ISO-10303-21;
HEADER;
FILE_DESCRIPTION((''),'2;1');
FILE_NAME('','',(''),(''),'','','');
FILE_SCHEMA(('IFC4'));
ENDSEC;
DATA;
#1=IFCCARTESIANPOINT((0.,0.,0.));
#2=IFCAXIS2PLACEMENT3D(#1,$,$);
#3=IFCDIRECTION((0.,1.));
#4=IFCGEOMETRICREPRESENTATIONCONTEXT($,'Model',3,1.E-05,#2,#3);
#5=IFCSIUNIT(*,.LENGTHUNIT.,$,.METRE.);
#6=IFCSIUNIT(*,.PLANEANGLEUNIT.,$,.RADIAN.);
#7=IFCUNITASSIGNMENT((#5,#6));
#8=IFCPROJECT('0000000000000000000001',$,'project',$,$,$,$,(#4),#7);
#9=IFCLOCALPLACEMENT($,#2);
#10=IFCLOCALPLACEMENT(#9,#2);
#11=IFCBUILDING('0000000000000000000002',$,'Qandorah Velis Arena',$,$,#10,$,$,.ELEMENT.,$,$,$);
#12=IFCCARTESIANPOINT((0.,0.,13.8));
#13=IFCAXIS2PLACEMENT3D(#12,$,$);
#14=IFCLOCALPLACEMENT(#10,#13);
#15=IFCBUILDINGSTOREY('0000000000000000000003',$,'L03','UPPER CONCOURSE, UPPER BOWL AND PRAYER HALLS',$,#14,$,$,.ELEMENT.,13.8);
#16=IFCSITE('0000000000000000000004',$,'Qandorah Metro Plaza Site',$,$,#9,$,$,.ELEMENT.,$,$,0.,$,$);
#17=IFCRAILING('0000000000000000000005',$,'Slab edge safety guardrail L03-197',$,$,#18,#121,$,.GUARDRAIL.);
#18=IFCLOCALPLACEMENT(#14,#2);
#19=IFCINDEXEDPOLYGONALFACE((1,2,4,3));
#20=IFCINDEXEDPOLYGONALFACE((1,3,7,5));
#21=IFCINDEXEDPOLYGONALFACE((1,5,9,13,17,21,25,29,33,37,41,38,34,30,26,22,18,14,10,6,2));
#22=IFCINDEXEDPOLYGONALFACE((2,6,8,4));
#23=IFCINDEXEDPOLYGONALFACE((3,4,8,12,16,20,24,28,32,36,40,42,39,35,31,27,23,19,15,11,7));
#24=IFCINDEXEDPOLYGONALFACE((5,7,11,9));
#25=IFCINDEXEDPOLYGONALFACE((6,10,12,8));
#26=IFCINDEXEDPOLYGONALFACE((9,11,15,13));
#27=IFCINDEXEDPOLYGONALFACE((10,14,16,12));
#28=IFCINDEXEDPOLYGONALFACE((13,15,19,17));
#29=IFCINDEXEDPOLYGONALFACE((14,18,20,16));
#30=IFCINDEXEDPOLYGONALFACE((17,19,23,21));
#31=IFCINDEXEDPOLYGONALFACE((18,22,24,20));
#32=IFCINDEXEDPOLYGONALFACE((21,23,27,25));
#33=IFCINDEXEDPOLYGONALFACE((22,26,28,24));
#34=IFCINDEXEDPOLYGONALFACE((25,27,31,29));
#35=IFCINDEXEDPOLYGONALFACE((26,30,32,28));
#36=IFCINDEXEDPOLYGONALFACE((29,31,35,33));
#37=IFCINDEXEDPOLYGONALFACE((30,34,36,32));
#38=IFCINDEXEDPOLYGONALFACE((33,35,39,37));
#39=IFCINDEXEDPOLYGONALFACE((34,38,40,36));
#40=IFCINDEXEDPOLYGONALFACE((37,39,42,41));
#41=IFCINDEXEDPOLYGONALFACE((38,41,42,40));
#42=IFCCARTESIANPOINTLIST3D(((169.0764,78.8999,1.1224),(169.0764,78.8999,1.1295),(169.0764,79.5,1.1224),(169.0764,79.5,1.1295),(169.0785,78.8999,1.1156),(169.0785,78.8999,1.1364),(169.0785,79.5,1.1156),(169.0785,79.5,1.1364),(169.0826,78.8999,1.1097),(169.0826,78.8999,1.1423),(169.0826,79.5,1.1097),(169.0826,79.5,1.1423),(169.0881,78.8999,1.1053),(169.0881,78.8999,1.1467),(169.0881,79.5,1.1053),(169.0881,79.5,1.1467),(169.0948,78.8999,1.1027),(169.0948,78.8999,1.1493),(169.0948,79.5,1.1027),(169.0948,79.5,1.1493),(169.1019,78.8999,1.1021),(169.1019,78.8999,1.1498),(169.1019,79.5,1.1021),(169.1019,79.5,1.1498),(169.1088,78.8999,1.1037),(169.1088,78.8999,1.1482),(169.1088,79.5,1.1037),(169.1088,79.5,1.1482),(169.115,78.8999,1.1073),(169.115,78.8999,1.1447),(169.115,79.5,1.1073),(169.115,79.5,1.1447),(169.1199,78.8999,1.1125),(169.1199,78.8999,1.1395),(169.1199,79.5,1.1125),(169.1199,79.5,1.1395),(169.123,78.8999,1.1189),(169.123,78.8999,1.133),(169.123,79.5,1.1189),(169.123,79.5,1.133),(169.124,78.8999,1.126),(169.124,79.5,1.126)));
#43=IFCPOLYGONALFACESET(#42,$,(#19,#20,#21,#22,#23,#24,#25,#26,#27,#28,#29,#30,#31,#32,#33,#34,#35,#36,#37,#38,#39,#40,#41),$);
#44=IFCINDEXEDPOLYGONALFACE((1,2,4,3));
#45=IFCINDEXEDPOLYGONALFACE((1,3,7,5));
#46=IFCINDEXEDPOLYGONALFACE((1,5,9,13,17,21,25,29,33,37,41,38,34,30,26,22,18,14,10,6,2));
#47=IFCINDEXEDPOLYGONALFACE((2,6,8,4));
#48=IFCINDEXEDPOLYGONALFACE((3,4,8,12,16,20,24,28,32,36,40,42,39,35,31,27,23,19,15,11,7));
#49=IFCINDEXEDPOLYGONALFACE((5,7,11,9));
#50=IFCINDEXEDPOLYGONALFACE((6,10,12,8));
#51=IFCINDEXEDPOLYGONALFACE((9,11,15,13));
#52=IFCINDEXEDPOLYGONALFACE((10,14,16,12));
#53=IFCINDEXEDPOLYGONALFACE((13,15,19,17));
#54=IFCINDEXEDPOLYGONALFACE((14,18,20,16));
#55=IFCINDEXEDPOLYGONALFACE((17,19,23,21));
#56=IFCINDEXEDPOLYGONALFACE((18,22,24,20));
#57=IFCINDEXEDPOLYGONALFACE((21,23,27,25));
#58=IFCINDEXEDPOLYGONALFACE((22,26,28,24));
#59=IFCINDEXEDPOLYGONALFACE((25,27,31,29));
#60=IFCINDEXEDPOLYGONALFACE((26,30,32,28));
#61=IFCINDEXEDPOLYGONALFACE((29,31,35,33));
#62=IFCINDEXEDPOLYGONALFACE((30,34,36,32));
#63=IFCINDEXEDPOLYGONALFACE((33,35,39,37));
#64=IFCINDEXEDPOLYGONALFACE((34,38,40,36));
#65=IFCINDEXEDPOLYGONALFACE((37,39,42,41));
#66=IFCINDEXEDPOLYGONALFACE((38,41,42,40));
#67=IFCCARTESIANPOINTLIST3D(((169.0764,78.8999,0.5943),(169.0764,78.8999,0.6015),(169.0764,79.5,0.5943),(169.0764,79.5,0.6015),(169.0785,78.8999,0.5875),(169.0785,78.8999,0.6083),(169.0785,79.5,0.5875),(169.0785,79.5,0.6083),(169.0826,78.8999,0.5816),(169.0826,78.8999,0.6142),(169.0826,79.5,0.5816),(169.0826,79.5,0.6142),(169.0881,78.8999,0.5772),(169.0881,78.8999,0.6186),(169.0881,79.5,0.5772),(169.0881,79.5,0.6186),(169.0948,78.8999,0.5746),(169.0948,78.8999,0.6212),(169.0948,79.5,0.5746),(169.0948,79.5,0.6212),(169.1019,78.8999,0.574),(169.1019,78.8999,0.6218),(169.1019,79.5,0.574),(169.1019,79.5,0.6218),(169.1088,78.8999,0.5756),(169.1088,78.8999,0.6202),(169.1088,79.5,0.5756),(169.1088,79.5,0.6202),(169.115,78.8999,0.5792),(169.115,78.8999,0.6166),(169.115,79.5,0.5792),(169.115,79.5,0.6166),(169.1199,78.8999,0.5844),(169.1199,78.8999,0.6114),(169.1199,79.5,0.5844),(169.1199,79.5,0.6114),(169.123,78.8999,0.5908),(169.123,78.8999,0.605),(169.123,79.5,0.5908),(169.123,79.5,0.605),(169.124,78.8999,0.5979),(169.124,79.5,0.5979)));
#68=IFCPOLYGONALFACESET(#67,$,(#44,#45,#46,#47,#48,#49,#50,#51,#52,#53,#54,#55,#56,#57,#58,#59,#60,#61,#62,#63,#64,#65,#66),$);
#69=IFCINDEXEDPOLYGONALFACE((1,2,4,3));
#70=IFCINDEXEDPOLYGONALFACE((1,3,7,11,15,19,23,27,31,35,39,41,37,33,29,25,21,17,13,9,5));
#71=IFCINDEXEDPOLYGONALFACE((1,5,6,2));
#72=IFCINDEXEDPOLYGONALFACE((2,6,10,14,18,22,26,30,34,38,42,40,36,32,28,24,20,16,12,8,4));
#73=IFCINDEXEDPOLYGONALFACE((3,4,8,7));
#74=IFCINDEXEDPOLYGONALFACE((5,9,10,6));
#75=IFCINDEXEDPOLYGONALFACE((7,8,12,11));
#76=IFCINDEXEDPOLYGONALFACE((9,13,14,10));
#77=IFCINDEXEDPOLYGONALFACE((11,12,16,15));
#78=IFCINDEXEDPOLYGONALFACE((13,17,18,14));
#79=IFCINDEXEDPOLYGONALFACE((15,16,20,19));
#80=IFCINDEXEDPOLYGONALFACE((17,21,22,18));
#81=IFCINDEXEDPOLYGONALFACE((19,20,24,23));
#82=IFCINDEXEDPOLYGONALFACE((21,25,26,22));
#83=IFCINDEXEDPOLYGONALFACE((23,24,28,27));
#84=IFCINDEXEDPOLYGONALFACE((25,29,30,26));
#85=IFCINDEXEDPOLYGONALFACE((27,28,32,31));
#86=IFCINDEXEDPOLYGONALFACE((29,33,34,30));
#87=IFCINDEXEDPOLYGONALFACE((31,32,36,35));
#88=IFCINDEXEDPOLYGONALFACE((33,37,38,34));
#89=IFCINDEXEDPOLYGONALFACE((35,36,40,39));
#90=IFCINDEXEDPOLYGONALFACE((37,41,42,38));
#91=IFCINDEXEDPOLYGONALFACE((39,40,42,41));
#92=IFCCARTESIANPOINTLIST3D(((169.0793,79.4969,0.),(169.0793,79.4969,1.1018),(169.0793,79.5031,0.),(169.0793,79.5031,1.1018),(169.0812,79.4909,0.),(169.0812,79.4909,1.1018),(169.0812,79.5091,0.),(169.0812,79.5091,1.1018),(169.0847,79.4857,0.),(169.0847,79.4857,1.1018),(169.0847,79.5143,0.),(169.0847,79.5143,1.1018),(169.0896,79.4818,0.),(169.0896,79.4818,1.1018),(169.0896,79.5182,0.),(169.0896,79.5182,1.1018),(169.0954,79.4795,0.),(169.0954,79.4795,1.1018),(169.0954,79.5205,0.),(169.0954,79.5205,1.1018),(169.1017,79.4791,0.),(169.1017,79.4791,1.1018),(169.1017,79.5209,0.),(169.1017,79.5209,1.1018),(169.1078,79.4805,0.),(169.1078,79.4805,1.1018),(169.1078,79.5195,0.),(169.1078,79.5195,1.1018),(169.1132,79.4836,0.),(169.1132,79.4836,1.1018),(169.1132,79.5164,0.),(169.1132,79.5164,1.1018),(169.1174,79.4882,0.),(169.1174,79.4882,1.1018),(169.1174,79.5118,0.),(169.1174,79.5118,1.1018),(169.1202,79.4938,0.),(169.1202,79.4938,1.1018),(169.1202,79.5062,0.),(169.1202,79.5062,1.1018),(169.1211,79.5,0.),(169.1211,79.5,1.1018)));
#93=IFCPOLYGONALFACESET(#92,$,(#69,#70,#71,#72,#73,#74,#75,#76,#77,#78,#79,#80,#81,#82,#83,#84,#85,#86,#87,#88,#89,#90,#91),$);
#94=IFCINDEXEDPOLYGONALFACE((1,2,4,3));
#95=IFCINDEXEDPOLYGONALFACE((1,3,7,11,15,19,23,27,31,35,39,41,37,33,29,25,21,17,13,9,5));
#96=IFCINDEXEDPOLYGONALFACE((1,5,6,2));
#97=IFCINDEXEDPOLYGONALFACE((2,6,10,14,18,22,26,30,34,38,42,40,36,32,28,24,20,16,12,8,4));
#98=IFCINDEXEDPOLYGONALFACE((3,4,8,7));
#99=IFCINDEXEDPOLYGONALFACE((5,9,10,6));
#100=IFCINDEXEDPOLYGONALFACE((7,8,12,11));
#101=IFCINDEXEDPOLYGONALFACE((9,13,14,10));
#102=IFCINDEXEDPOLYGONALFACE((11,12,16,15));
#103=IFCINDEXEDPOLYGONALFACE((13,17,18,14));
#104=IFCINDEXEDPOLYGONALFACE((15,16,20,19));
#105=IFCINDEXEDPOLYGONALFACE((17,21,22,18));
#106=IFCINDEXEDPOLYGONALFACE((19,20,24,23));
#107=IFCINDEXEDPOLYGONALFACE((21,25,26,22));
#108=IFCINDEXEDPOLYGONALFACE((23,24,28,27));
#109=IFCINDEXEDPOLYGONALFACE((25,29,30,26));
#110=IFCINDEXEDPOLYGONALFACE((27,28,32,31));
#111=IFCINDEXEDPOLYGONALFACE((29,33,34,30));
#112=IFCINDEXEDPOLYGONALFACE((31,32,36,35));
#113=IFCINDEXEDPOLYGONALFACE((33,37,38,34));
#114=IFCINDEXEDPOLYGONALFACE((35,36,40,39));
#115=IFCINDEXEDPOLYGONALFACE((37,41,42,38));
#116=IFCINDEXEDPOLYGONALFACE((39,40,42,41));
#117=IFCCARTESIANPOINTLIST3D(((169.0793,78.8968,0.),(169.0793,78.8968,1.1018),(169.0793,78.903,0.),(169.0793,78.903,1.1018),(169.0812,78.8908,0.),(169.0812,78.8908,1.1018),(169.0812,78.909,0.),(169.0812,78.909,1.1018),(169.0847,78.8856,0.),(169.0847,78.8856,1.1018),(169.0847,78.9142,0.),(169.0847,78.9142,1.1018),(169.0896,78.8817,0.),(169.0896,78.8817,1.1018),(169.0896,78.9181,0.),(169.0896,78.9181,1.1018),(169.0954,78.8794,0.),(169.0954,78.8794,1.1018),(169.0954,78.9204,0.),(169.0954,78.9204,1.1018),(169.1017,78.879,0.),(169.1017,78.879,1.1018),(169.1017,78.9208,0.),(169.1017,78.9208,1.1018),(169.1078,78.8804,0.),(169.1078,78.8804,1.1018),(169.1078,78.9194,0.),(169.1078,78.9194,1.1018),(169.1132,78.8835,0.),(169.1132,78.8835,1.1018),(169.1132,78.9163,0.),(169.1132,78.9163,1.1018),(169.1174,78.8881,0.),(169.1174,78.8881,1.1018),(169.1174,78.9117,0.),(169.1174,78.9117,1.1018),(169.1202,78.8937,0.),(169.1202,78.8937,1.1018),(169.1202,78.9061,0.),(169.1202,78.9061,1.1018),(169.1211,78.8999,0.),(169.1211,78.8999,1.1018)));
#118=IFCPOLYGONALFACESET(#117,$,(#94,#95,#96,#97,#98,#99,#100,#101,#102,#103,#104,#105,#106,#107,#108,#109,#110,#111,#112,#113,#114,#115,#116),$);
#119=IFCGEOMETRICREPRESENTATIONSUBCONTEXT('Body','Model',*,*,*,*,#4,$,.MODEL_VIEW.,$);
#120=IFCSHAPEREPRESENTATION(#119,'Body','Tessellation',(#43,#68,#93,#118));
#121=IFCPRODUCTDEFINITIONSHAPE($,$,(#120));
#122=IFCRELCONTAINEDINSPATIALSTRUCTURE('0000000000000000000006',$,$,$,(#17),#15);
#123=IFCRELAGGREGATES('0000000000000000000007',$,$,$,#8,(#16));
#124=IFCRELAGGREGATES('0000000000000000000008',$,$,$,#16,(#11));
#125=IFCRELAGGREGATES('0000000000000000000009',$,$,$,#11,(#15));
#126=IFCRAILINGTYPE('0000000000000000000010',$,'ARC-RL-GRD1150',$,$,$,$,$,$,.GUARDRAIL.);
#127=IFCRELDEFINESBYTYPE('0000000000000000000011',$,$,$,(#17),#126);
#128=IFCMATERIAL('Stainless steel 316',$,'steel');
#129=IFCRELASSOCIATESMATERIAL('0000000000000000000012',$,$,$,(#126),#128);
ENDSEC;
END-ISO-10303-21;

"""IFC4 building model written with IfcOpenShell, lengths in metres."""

from ifc_helpers import new_model, si_unit, direction, frame, origin, origin_2d, place, context, subcontext, project, spatial, circle, extrude, material, type_object, element, save


model = new_model("IFC4")

# Units and contexts
model_context = context("Model", 3, precision=1e-05, world=origin(), true_north=direction((0.0, 1.0)))
body_context = subcontext(model_context, "Body", "Model", "MODEL_VIEW")
ifc_project = project(units=[si_unit("LENGTHUNIT", "METRE"), si_unit("PLANEANGLEUNIT", "RADIAN")], contexts=[model_context])

# Site, building, storey
site_placement = place(None, origin())
site = spatial("IfcSite", under=ifc_project, at=site_placement, Name="Qandorah Metro Plaza Site", CompositionType="ELEMENT", RefElevation=0.0)
building_placement = place(site_placement, origin())
building = spatial("IfcBuilding", under=site, at=building_placement, Name="Qandorah Velis Arena", CompositionType="ELEMENT")
storey_placement = place(building_placement, frame((0.0, 0.0, 13.8)))
storey = spatial("IfcBuildingStorey", under=building, at=storey_placement, Name="L03", Description="UPPER CONCOURSE, UPPER BOWL AND PRAYER HALLS", CompositionType="ELEMENT", Elevation=13.8)

# Railing
ifc_material_1 = material(Name="Stainless steel 316", Category="steel")
railing_type = type_object("IfcRailingType", Name="ARC-RL-GRD1150", PredefinedType="GUARDRAIL", material=ifc_material_1)
railing_placement = place(storey_placement, frame((169.1001, 79.5, 0.0)))
element("IfcRailing", 1, at=railing_placement, inside=storey, type_object=railing_type, Name="Slab edge safety guardrail L03-197", PredefinedType="GUARDRAIL", context=body_context, shape_type="SweptSolid", body=[
    extrude(circle(Radius=0.0239, at=origin_2d()), frame((0.0, 0.0, 1.126), z_axis=(0.0, -1.0, 0.0), x_axis=(1.0, 0.0, 0.0)), (0.0, 0.0, 1.0), 0.6001),
    extrude(circle(Radius=0.0239, at=origin_2d()), frame((0.0, 0.0, 0.5979), z_axis=(0.0, -1.0, 0.0), x_axis=(1.0, 0.0, 0.0)), (0.0, 0.0, 1.0), 0.6001),
    extrude(circle(Radius=0.021, at=origin_2d()), origin(), (0.0, 0.0, 1.0), 1.1018),
    extrude(circle(Radius=0.021, at=origin_2d()), frame((0.0, -0.6001, 0.0)), (0.0, 0.0, 1.0), 1.1018),
])

save(model, "model.ifc")
